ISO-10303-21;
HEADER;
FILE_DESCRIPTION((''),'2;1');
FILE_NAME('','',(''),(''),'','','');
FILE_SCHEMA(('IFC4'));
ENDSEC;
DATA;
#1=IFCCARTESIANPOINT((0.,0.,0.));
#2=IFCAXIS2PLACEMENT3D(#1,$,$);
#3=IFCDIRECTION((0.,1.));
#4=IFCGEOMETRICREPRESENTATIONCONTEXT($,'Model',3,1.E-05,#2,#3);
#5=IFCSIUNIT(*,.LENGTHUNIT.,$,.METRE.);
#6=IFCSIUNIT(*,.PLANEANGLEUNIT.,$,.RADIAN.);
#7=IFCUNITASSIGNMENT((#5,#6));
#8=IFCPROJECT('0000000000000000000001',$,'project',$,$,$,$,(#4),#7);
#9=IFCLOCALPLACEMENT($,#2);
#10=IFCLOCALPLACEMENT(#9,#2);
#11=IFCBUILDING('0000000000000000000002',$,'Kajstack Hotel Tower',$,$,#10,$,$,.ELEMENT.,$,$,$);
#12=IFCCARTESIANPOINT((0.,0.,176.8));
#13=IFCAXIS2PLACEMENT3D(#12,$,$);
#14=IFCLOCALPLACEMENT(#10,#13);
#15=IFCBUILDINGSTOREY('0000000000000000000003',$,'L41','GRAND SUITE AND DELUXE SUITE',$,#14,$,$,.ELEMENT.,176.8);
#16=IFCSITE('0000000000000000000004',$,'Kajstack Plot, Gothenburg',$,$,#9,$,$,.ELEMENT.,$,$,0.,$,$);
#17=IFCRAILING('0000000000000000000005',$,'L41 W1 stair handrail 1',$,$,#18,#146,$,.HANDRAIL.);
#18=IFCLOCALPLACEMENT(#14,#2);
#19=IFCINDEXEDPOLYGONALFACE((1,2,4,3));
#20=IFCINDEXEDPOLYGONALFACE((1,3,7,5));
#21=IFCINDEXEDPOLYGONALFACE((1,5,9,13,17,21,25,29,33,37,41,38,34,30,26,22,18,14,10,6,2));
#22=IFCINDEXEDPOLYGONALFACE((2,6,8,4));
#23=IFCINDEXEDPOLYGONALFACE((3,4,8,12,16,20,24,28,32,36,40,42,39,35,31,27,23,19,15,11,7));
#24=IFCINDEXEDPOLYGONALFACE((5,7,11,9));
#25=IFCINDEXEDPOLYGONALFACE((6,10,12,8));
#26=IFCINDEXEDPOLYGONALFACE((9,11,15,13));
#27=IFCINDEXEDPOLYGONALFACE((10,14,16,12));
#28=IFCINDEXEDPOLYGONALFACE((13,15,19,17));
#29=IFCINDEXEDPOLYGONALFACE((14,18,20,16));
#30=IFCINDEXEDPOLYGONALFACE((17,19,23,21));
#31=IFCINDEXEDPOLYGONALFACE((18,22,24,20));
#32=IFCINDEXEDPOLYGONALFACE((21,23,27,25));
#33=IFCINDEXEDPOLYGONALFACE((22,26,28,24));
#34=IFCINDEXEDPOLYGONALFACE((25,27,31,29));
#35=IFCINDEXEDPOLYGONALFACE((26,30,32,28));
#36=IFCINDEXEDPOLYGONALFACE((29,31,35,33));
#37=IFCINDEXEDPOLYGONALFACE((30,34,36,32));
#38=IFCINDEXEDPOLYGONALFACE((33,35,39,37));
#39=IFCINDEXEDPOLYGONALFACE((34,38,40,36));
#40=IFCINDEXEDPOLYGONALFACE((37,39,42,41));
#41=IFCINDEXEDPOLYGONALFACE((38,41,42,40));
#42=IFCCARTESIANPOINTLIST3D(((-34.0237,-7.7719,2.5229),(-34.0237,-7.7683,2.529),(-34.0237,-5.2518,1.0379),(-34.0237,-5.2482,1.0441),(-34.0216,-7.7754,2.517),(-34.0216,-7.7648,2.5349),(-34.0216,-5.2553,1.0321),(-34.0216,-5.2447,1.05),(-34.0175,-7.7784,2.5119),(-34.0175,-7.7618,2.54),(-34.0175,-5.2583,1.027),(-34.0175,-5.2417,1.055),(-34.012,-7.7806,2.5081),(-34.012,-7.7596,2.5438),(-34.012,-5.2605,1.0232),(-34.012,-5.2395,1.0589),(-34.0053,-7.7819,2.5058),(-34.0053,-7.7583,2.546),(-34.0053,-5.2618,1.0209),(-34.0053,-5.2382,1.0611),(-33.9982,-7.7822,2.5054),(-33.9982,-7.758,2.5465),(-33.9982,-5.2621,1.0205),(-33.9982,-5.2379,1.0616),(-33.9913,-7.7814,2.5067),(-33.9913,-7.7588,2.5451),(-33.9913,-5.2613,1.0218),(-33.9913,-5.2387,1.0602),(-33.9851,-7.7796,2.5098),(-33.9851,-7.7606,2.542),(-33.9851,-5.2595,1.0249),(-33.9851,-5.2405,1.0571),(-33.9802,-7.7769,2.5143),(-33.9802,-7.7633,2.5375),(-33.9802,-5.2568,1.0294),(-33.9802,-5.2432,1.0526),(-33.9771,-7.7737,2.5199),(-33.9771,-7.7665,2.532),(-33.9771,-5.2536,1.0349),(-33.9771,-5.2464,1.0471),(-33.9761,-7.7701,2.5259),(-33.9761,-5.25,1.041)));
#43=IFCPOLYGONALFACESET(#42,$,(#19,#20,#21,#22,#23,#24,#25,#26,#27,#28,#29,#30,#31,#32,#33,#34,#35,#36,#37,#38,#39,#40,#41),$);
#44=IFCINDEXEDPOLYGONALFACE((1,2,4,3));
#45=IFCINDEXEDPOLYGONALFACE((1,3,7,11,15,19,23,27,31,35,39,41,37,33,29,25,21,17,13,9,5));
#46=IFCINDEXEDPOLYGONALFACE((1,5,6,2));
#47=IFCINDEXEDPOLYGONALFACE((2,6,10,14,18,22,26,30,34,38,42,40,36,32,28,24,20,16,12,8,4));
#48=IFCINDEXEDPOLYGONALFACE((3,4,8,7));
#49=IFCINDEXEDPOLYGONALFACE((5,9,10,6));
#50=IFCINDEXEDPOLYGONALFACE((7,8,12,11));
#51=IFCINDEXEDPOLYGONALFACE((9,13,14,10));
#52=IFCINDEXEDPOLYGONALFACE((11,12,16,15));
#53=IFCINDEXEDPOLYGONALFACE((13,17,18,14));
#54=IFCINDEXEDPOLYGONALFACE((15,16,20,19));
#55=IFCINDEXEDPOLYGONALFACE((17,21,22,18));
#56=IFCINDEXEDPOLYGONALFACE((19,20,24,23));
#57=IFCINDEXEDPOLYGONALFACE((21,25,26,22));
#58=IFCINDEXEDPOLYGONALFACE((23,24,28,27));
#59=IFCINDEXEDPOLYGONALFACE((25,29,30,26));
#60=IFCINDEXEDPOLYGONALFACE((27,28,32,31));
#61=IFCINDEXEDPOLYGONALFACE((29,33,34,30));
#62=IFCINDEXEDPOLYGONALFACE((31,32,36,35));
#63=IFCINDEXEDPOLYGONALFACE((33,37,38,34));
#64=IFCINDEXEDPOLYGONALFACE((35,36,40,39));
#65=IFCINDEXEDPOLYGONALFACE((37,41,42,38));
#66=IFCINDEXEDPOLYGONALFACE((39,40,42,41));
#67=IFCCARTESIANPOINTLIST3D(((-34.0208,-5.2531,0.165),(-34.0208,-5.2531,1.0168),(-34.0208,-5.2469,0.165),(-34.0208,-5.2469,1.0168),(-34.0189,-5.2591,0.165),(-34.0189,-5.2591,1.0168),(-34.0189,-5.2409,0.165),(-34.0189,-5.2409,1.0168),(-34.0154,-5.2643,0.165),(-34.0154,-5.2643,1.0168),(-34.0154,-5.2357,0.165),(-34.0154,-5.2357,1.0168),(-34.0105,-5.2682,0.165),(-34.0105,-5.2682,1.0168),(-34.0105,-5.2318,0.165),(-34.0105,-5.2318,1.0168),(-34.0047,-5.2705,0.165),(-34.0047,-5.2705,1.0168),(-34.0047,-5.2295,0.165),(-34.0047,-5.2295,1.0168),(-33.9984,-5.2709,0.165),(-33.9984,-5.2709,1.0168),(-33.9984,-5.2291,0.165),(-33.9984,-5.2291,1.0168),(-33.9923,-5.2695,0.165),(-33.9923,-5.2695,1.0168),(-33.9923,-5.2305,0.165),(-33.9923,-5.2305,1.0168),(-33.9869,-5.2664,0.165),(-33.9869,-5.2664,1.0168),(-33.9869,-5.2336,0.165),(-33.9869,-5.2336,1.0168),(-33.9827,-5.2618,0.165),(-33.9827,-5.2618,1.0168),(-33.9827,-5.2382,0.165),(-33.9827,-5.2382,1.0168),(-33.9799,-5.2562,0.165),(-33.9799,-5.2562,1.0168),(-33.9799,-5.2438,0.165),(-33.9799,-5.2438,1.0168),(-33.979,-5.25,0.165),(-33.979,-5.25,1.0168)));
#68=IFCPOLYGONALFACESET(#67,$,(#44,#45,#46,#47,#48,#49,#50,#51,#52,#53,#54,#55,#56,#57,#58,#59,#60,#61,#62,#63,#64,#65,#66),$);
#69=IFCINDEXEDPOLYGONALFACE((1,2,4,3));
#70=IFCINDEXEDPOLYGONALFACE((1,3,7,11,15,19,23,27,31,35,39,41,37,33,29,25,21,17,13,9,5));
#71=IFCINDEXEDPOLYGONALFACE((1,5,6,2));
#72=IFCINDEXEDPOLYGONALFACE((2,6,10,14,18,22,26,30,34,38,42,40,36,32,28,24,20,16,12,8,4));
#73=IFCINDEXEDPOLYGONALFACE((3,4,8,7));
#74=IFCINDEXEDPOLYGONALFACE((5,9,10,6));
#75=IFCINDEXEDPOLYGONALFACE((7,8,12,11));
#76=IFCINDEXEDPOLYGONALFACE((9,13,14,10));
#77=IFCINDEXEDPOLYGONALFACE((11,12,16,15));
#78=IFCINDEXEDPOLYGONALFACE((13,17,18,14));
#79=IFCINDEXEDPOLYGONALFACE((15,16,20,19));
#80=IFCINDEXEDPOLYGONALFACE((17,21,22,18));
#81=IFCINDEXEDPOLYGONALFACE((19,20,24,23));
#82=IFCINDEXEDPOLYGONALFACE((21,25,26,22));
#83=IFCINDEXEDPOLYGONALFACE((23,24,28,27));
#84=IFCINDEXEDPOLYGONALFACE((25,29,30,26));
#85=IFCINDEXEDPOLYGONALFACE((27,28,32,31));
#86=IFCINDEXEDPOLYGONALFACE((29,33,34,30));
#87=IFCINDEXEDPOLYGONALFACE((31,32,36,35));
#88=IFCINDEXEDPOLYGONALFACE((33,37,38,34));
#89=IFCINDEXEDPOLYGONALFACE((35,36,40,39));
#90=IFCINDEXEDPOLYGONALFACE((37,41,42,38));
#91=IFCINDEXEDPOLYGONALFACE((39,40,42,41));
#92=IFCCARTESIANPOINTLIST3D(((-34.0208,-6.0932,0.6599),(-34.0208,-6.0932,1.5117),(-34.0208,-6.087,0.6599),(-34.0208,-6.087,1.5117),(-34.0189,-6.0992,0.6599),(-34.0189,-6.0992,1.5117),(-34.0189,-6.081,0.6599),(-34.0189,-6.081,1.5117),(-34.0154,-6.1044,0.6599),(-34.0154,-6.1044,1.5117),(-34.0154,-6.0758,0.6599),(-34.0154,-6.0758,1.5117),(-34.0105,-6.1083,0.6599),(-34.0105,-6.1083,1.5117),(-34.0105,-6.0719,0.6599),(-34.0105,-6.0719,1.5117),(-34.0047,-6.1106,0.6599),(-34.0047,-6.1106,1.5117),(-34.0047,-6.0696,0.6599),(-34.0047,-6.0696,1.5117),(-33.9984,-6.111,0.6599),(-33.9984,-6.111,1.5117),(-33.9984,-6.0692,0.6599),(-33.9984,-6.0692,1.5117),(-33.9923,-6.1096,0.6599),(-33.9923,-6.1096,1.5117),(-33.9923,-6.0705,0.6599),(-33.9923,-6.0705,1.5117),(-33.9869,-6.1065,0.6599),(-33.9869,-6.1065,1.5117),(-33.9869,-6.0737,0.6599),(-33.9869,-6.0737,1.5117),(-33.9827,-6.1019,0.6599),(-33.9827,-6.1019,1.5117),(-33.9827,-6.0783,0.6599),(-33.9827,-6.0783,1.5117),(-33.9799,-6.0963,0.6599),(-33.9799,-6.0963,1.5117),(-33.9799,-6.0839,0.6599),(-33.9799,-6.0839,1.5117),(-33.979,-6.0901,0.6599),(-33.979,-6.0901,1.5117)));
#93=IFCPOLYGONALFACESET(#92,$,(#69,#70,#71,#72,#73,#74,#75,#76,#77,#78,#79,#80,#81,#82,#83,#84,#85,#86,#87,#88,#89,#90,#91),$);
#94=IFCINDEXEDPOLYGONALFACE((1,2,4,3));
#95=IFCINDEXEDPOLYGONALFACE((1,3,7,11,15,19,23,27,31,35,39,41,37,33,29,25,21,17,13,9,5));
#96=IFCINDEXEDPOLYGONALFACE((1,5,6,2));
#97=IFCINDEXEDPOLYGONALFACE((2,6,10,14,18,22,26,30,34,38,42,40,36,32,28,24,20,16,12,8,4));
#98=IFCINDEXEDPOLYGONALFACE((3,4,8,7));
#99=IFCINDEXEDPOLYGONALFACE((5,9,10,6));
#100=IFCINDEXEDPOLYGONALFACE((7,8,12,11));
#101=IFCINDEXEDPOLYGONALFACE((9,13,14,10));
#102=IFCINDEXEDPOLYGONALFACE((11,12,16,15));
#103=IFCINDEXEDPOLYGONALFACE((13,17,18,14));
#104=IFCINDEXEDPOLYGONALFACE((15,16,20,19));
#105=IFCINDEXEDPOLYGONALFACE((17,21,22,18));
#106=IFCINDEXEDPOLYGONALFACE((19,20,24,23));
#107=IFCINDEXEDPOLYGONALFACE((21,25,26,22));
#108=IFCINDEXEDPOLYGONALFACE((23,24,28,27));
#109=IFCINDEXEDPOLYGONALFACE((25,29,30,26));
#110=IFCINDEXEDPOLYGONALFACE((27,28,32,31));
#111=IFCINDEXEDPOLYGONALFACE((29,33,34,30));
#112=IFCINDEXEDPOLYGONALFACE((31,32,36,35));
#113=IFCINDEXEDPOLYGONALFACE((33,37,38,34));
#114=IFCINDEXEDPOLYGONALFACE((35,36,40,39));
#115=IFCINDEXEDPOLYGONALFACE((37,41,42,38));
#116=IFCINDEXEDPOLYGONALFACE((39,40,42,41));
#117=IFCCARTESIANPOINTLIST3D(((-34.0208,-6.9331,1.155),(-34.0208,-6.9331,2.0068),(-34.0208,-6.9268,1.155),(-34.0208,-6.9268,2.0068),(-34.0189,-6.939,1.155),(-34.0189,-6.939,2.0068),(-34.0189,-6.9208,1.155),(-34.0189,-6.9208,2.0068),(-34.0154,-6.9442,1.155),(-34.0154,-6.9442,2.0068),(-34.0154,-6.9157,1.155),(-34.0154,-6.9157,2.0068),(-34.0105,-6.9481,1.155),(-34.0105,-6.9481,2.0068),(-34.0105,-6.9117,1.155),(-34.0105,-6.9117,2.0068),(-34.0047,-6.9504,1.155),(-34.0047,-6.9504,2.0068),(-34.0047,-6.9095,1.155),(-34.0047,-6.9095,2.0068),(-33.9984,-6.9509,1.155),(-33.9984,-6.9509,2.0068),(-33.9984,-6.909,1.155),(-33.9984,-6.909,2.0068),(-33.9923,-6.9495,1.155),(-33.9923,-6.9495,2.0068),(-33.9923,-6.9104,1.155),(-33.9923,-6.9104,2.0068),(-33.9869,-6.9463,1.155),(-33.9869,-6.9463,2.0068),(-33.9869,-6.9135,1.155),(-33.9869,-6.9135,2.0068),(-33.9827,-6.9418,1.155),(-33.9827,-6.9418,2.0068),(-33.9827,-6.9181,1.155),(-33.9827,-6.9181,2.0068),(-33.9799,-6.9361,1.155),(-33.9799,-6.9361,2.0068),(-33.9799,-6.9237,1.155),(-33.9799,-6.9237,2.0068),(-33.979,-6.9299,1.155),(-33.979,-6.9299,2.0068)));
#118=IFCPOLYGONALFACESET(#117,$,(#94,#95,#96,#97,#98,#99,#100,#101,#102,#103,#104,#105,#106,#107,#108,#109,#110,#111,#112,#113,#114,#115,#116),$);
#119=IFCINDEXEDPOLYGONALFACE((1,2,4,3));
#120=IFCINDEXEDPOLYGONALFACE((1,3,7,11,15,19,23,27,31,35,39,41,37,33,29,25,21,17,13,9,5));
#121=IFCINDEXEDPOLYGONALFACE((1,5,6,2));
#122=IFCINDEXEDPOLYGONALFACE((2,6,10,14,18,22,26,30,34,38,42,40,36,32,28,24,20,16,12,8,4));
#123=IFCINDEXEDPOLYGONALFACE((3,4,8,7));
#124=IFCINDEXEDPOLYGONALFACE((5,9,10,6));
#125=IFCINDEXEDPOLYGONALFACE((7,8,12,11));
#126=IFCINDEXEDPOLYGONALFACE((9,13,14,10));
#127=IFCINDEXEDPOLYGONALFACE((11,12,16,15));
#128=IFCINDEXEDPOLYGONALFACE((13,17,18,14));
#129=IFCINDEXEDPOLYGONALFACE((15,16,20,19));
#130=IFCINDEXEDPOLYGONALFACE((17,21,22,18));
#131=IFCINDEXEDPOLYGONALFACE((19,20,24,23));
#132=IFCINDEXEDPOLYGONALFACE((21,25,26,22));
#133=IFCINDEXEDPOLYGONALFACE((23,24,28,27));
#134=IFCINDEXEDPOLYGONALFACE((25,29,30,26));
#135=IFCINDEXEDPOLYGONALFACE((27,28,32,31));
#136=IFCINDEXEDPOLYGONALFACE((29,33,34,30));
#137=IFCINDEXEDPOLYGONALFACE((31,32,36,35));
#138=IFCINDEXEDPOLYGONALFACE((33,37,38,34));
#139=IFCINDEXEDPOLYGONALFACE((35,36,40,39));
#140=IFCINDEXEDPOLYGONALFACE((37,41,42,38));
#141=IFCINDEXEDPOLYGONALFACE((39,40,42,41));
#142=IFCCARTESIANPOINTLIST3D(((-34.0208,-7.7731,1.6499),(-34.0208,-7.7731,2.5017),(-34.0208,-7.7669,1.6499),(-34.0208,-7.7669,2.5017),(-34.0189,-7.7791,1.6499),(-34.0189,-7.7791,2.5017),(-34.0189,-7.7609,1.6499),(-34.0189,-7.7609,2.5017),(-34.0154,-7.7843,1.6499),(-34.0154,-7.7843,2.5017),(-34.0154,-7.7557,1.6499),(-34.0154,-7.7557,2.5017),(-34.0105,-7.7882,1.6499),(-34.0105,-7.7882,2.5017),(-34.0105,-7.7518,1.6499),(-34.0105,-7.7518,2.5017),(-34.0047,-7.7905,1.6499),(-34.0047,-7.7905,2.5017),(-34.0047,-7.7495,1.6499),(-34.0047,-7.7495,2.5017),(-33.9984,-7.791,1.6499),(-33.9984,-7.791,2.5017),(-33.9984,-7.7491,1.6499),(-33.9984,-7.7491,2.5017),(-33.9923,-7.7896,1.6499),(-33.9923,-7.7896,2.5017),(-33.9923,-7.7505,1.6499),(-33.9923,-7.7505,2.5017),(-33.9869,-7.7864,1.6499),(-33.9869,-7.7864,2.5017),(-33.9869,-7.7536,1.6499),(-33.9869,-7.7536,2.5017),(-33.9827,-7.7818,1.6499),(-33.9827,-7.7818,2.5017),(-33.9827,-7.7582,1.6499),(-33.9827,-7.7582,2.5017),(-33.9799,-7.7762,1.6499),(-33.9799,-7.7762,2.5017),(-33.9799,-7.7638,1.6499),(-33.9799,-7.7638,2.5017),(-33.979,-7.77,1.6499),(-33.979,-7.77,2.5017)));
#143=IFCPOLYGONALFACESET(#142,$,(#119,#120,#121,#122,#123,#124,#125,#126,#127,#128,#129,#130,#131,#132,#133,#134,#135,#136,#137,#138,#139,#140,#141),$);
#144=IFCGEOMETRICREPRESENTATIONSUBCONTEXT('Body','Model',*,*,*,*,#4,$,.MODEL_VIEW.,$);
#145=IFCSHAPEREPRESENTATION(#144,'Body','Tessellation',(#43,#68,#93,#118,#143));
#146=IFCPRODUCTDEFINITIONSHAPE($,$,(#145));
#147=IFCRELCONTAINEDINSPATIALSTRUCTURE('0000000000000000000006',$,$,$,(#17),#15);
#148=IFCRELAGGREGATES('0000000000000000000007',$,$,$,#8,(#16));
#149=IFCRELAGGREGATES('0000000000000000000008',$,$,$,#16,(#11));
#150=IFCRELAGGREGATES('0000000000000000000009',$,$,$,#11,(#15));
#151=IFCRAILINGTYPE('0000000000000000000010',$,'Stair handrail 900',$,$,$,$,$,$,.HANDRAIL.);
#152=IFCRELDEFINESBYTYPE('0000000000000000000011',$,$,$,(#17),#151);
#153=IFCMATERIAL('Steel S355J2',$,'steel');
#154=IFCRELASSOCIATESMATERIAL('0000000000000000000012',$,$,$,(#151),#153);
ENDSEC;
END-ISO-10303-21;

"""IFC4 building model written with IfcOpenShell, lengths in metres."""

from ifc_helpers import new_model, si_unit, direction, frame, origin, origin_2d, place, context, subcontext, project, spatial, circle, extrude, material, type_object, element, save


model = new_model("IFC4")

# Units and contexts
model_context = context("Model", 3, precision=1e-05, world=origin(), true_north=direction((0.0, 1.0)))
body_context = subcontext(model_context, "Body", "Model", "MODEL_VIEW")
ifc_project = project(units=[si_unit("LENGTHUNIT", "METRE"), si_unit("PLANEANGLEUNIT", "RADIAN")], contexts=[model_context])

# Site, building, storey
site_placement = place(None, origin())
site = spatial("IfcSite", under=ifc_project, at=site_placement, Name="Kajstack Plot, Gothenburg", CompositionType="ELEMENT", RefElevation=0.0)
building_placement = place(site_placement, origin())
building = spatial("IfcBuilding", under=site, at=building_placement, Name="Kajstack Hotel Tower", CompositionType="ELEMENT")
storey_placement = place(building_placement, frame((0.0, 0.0, 176.8)))
storey = spatial("IfcBuildingStorey", under=building, at=storey_placement, Name="L41", Description="GRAND SUITE AND DELUXE SUITE", CompositionType="ELEMENT", Elevation=176.8)

# Railing
ifc_material_1 = material(Name="Steel S355J2", Category="steel")
railing_type_1 = type_object("IfcRailingType", Name="Stair handrail 900", PredefinedType="HANDRAIL", material=ifc_material_1)
railing_1_placement = place(storey_placement, frame((-34.0, -5.25, 0.165)))
element("IfcRailing", 1, at=railing_1_placement, inside=storey, type_object=railing_type_1, Name="L41 W1 stair handrail 1", PredefinedType="HANDRAIL", context=body_context, shape_type="SweptSolid", body=[
    extrude(circle(Radius=0.0239, at=origin_2d()), frame((0.0, 0.0, 0.876), z_axis=(0.0, -0.861561, 0.507655), x_axis=(1.0, 0.0, 0.0)), (0.0, 0.0, 1.0), 2.925),
    extrude(circle(Radius=0.021, at=origin_2d()), origin(), (0.0, 0.0, 1.0), 0.8518),
    extrude(circle(Radius=0.021, at=origin_2d()), frame((0.0, -0.8401, 0.4949)), (0.0, 0.0, 1.0), 0.8518),
    extrude(circle(Radius=0.021, at=origin_2d()), frame((0.0, -1.6799, 0.99)), (0.0, 0.0, 1.0), 0.8518),
    extrude(circle(Radius=0.021, at=origin_2d()), frame((0.0, -2.52, 1.4849)), (0.0, 0.0, 1.0), 0.8518),
])

save(model, "model.ifc")
